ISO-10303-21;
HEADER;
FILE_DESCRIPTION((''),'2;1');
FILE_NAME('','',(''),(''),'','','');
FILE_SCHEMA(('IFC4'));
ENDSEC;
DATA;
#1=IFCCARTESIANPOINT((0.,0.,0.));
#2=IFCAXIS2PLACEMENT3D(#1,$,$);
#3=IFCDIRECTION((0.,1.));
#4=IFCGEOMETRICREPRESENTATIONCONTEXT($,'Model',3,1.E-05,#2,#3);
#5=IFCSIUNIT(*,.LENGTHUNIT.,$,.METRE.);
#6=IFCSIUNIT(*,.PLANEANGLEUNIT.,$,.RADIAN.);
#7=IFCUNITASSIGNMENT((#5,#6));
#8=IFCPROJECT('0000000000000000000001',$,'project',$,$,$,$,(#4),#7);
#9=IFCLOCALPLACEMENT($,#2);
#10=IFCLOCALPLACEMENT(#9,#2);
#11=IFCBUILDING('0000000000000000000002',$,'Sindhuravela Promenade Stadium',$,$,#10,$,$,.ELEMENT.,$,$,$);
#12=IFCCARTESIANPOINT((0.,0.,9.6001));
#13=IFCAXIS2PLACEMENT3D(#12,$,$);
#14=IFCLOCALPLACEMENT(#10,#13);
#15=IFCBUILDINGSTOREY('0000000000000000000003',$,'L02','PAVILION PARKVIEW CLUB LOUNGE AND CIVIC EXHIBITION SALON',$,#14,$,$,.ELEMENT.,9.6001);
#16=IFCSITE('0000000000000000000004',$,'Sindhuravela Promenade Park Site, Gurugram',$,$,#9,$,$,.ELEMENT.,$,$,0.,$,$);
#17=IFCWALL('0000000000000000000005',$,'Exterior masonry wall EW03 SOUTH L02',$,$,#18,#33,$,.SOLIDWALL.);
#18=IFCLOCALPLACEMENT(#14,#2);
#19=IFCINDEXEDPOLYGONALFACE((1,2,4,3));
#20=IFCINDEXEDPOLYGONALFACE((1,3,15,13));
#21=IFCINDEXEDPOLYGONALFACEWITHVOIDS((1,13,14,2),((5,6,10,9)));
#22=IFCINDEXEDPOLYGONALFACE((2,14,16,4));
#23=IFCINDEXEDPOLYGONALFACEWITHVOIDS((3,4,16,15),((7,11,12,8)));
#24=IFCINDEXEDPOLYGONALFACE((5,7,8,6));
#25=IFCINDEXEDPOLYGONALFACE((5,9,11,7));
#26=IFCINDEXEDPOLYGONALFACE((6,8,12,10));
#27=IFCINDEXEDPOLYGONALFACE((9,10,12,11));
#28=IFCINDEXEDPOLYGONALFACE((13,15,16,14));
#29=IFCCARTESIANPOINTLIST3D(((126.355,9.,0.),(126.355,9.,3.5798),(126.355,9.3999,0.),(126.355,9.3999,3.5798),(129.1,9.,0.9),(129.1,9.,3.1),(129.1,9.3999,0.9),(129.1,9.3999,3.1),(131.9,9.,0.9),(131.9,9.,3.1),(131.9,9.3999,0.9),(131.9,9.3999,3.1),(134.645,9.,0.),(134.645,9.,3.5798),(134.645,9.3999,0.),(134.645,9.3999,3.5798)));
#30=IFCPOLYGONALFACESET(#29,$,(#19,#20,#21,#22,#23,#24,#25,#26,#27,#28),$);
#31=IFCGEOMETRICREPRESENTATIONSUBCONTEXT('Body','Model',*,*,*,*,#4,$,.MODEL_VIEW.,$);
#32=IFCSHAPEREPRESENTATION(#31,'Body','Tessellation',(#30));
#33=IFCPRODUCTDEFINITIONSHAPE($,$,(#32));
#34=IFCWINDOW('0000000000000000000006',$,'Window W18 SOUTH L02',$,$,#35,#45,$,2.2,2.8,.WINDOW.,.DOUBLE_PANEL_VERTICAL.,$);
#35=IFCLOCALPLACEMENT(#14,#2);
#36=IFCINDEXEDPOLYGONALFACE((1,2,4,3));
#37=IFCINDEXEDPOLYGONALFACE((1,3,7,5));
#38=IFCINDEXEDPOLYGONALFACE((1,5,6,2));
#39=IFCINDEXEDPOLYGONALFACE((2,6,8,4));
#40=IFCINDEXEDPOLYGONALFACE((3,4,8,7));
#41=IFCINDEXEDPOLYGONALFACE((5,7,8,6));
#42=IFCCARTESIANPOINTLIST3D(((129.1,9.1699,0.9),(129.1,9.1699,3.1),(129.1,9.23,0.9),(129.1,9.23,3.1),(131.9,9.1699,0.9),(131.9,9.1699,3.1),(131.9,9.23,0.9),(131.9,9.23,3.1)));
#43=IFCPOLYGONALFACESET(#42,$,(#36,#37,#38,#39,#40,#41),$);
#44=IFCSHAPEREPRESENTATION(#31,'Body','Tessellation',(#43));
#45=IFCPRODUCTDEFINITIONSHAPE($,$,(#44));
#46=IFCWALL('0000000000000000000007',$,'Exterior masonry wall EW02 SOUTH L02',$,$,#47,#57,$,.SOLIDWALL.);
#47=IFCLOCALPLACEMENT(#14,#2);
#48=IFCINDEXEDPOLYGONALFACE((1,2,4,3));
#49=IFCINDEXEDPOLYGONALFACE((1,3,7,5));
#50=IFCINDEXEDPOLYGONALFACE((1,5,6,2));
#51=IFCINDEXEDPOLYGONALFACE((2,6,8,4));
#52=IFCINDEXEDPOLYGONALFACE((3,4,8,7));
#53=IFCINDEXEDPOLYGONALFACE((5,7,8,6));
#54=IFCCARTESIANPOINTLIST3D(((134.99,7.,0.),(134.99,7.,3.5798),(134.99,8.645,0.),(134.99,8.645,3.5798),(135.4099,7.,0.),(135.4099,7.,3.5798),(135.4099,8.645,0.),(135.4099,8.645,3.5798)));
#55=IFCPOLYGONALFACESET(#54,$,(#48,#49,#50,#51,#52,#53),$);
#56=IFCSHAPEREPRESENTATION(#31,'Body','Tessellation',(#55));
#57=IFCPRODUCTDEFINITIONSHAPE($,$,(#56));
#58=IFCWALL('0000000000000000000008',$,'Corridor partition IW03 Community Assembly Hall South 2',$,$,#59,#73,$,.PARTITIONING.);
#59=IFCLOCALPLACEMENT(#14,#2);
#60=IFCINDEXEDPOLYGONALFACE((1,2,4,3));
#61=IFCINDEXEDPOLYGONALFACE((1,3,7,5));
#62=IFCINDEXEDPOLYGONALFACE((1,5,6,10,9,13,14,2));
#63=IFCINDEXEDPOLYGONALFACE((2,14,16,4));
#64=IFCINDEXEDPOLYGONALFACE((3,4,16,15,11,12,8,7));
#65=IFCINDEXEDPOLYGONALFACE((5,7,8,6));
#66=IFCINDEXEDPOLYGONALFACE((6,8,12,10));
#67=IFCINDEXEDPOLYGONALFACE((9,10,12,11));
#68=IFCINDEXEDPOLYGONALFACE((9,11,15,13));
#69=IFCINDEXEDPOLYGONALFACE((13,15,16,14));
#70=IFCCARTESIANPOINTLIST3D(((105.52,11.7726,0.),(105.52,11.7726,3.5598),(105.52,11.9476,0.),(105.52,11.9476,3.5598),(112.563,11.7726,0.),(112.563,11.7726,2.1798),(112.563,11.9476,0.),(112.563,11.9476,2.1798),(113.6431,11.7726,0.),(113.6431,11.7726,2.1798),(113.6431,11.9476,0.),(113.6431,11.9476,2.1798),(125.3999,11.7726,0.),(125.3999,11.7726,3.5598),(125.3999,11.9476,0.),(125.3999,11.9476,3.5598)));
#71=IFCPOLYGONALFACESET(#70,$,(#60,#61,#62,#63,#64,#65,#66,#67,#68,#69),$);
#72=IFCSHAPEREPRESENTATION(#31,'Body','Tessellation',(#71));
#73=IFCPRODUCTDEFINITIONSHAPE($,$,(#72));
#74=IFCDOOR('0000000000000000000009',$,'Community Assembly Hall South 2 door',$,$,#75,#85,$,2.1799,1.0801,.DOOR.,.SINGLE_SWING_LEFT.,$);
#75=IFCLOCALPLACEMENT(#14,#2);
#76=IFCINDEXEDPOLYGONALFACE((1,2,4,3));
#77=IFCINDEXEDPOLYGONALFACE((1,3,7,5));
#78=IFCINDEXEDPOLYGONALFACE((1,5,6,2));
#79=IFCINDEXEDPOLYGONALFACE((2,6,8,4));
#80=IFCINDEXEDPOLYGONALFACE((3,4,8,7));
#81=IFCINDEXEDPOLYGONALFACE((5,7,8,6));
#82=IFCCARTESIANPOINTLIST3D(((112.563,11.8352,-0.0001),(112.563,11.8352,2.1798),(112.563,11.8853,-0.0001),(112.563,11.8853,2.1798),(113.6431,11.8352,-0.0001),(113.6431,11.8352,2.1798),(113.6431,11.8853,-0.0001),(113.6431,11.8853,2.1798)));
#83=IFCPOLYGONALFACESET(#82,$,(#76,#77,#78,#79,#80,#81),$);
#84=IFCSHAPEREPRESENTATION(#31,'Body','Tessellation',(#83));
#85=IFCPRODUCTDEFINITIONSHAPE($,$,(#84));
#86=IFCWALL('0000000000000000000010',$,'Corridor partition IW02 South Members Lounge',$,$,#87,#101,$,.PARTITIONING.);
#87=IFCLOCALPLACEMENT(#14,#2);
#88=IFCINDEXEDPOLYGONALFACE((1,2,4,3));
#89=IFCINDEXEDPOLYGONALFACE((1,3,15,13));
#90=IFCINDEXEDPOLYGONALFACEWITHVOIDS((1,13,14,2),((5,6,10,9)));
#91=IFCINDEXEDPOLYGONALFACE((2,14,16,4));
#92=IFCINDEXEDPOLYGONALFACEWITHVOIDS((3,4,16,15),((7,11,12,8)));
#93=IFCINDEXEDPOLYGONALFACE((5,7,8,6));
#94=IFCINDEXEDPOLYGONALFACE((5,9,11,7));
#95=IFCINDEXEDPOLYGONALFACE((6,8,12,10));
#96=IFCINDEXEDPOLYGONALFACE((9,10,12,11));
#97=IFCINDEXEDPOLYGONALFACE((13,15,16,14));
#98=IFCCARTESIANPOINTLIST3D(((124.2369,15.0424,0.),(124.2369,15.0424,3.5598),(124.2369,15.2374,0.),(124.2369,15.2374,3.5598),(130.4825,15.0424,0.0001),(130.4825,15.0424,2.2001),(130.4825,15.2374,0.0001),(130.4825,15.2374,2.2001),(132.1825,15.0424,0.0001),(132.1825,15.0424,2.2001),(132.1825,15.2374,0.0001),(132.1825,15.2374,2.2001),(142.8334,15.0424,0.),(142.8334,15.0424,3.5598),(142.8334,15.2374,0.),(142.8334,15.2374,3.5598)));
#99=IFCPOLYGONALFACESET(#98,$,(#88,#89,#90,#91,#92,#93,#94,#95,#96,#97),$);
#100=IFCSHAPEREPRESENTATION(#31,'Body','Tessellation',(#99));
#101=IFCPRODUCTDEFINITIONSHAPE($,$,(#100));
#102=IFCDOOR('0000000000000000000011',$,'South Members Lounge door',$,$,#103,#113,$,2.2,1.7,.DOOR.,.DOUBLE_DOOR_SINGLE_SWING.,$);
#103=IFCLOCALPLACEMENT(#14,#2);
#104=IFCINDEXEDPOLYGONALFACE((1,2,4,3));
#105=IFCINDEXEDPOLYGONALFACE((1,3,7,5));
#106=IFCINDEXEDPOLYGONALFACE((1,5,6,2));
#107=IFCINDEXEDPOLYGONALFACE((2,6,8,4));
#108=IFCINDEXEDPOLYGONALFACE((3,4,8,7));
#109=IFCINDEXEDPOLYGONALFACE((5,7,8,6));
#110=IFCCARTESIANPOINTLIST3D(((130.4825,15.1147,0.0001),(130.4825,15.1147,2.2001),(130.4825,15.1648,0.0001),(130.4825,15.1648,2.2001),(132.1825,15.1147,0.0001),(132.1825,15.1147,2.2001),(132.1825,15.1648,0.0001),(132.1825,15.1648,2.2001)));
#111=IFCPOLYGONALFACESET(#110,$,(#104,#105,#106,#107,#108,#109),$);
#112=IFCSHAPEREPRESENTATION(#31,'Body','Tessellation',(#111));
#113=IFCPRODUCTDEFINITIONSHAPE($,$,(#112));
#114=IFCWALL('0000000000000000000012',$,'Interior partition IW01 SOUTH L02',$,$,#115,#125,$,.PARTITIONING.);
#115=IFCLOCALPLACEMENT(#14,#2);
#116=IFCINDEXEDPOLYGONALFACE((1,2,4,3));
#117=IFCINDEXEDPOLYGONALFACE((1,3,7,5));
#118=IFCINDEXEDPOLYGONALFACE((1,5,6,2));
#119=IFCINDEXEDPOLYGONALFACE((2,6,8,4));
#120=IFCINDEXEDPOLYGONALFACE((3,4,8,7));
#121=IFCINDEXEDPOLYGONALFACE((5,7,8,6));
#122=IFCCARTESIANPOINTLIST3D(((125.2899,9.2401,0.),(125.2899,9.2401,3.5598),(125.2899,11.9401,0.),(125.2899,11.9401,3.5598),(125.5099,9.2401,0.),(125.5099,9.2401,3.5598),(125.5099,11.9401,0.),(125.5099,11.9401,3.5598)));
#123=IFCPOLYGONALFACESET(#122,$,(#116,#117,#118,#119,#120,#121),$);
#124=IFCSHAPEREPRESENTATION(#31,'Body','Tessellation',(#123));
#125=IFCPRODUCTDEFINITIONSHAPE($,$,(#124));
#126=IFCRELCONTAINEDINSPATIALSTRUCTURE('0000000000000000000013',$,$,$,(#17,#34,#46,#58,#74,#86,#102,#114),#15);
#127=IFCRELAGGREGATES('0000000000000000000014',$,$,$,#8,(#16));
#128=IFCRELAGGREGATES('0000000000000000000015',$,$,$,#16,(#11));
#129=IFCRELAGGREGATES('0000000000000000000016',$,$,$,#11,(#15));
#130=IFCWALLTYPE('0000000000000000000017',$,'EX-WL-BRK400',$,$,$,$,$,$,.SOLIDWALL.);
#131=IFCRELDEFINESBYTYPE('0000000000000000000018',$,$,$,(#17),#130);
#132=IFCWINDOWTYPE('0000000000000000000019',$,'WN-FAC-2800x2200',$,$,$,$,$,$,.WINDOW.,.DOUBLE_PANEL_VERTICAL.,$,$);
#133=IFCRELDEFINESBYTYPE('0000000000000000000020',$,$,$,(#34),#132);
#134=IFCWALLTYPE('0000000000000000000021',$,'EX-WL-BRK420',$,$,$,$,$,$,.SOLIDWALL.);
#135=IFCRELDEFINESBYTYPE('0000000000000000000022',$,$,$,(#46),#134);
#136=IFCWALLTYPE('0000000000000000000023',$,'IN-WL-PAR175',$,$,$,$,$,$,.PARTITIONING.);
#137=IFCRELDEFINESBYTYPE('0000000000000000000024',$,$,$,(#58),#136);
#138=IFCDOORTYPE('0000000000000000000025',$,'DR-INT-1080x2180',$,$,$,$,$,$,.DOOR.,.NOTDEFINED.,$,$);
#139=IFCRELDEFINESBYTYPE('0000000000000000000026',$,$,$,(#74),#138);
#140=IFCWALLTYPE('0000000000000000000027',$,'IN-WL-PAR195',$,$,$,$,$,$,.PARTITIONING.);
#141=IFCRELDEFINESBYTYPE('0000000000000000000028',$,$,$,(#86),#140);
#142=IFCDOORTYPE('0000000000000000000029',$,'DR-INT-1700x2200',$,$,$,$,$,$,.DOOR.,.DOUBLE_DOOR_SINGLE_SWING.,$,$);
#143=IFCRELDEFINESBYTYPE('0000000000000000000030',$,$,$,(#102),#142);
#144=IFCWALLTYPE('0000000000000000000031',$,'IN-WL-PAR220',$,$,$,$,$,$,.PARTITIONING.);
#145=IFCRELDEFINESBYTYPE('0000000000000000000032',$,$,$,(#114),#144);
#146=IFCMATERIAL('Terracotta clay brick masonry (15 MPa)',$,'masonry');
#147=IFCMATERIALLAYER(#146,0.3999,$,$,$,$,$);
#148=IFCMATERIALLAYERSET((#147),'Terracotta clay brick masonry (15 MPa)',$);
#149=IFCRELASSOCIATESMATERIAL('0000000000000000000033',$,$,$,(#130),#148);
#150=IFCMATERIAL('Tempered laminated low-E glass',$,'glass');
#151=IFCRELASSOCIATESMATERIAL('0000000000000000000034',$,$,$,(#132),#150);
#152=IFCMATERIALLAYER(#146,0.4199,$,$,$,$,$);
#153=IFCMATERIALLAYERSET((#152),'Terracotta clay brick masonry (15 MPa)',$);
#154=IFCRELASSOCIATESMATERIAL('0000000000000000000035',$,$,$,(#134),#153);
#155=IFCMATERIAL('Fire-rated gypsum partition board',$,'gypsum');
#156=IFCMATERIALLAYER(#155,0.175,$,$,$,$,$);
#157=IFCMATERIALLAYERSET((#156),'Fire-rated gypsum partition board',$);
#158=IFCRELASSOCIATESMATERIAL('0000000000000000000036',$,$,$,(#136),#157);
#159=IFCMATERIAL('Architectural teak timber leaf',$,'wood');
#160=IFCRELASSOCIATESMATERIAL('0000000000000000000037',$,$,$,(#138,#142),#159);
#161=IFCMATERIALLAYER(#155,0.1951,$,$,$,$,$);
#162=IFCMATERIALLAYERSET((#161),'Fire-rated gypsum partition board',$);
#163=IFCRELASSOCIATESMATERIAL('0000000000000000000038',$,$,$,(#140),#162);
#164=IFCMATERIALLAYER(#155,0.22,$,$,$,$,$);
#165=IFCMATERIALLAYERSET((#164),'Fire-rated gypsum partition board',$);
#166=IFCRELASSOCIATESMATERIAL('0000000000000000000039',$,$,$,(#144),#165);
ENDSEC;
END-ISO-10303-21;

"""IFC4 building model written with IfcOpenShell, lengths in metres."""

from ifc_helpers import new_model, si_unit, direction, frame, frame_2d, origin, place, context, subcontext, project, spatial, rectangle, extrude, material, layer, layer_set, type_object, element, fill, save


model = new_model("IFC4")

# Units and contexts
model_context = context("Model", 3, precision=1e-05, world=origin(), true_north=direction((0.0, 1.0)))
body_context = subcontext(model_context, "Body", "Model", "MODEL_VIEW")
ifc_project = project(units=[si_unit("LENGTHUNIT", "METRE"), si_unit("PLANEANGLEUNIT", "RADIAN")], contexts=[model_context])

# Site, building, storey
site_placement = place(None, origin())
site = spatial("IfcSite", under=ifc_project, at=site_placement, Name="Sindhuravela Promenade Park Site, Gurugram", CompositionType="ELEMENT", RefElevation=0.0)
building_placement = place(site_placement, origin())
building = spatial("IfcBuilding", under=site, at=building_placement, Name="Sindhuravela Promenade Stadium", CompositionType="ELEMENT")
storey_placement = place(building_placement, frame((0.0, 0.0, 9.6001)))
storey = spatial("IfcBuildingStorey", under=building, at=storey_placement, Name="L02", Description="PAVILION PARKVIEW CLUB LOUNGE AND CIVIC EXHIBITION SALON", CompositionType="ELEMENT", Elevation=9.6001)

# Wall, opening, window
ifc_material_1 = material(Name="Terracotta clay brick masonry (15 MPa)", Category="masonry")
ifc_material_2 = material(Name="Tempered laminated low-E glass", Category="glass")
ifc_layer_1 = layer(ifc_material_1, 0.3999)
ifc_layer_set_1 = layer_set([ifc_layer_1], Name="Terracotta clay brick masonry (15 MPa)")
wall_type_1 = type_object("IfcWallType", Name="EX-WL-BRK400", PredefinedType="SOLIDWALL", material=ifc_layer_set_1)
wall_1_placement = place(storey_placement, frame((134.645, 9.2, 0.0), z_axis=(0.0, 0.0, 1.0), x_axis=(-1.0, 0.0, 0.0)))
wall_1 = element("IfcWall", 1, at=wall_1_placement, inside=storey, type_object=wall_type_1, Name="Exterior masonry wall EW03 SOUTH L02", PredefinedType="SOLIDWALL", context=body_context, shape_type="SweptSolid", body=[
    extrude(rectangle(XDim=8.29, YDim=0.3999, at=frame_2d((4.145, 0.0))), origin(), (0.0, 0.0, 1.0), 3.5798),
])
opening_1_placement = place(wall_1_placement, frame((2.7451, 0.0, 0.8999)))
opening_1 = element("IfcOpeningElement", 2, at=opening_1_placement, cuts=wall_1, PredefinedType="OPENING", context=body_context, shape_type="SweptSolid", body=[
    extrude(rectangle(XDim=2.8, YDim=2.2, at=frame_2d((1.3999, 1.1001))), frame((0.0, 0.21, 0.0), z_axis=(0.0, -1.0, 0.0), x_axis=(1.0, 0.0, 0.0)), (0.0, 0.0, 1.0), 0.4199),
])
window_type_1 = type_object("IfcWindowType", Name="WN-FAC-2800x2200", PartitioningType="DOUBLE_PANEL_VERTICAL", PredefinedType="WINDOW", material=ifc_material_2)
window_1_placement = place(opening_1_placement, origin())
window_1 = element("IfcWindow", 3, at=window_1_placement, inside=storey, type_object=window_type_1, Name="Window W18 SOUTH L02", OverallHeight=2.2, OverallWidth=2.8, PartitioningType="DOUBLE_PANEL_VERTICAL", PredefinedType="WINDOW", context=body_context, shape_type="SweptSolid", body=[
    extrude(rectangle(XDim=2.8, YDim=2.2, at=frame_2d((1.3999, 1.1001))), frame((0.0, 0.03, 0.0), z_axis=(0.0, -1.0, 0.0), x_axis=(1.0, 0.0, 0.0)), (0.0, 0.0, 1.0), 0.0601),
])
fill(opening_1, window_1)

# Wall
ifc_layer_2 = layer(ifc_material_1, 0.4199)
ifc_layer_set_2 = layer_set([ifc_layer_2], Name="Terracotta clay brick masonry (15 MPa)")
wall_type_2 = type_object("IfcWallType", Name="EX-WL-BRK420", PredefinedType="SOLIDWALL", material=ifc_layer_set_2)
wall_2_placement = place(storey_placement, frame((135.2, 7.0, 0.0), z_axis=(0.0, 0.0, 1.0), x_axis=(0.0, 1.0, 0.0)))
element("IfcWall", 4, at=wall_2_placement, inside=storey, type_object=wall_type_2, Name="Exterior masonry wall EW02 SOUTH L02", PredefinedType="SOLIDWALL", context=body_context, shape_type="SweptSolid", body=[
    extrude(rectangle(XDim=1.645, YDim=0.4199, at=frame_2d((0.8225, 0.0))), origin(), (0.0, 0.0, 1.0), 3.5798),
])

# Walls, openings, doors
ifc_material_3 = material(Name="Fire-rated gypsum partition board", Category="gypsum")
ifc_layer_3 = layer(ifc_material_3, 0.175)
ifc_layer_set_3 = layer_set([ifc_layer_3], Name="Fire-rated gypsum partition board")
wall_type_3 = type_object("IfcWallType", Name="IN-WL-PAR175", PredefinedType="PARTITIONING", material=ifc_layer_set_3)
wall_3_placement = place(storey_placement, frame((125.3999, 11.8601, 0.0), z_axis=(0.0, 0.0, 1.0), x_axis=(-1.0, 0.0, 0.0)))
wall_3 = element("IfcWall", 5, at=wall_3_placement, inside=storey, type_object=wall_type_3, Name="Corridor partition IW03 Community Assembly Hall South 2", PredefinedType="PARTITIONING", context=body_context, shape_type="SweptSolid", body=[
    extrude(rectangle(XDim=19.8799, YDim=0.175, at=frame_2d((9.9399, 0.0))), origin(), (0.0, 0.0, 1.0), 3.5598),
])
opening_2_placement = place(wall_3_placement, frame((11.7568, 0.0, 0.0)))
opening_2 = element("IfcOpeningElement", 6, at=opening_2_placement, cuts=wall_3, PredefinedType="OPENING", context=body_context, shape_type="SweptSolid", body=[
    extrude(rectangle(XDim=1.0801, YDim=2.1799, at=frame_2d((0.54, 1.0898))), frame((0.0, 0.0974, 0.0), z_axis=(0.0, -1.0, 0.0), x_axis=(1.0, 0.0, 0.0)), (0.0, 0.0, 1.0), 0.1951),
])
ifc_material_4 = material(Name="Architectural teak timber leaf", Category="wood")
door_type_1 = type_object("IfcDoorType", Name="DR-INT-1080x2180", OperationType="NOTDEFINED", PredefinedType="DOOR", material=ifc_material_4)
door_1_placement = place(opening_2_placement, origin())
door_1 = element("IfcDoor", 7, at=door_1_placement, inside=storey, type_object=door_type_1, Name="Community Assembly Hall South 2 door", OperationType="SINGLE_SWING_LEFT", OverallHeight=2.1799, OverallWidth=1.0801, PredefinedType="DOOR", context=body_context, shape_type="SweptSolid", body=[
    extrude(rectangle(XDim=1.0801, YDim=2.1799, at=frame_2d((0.54, 1.0898))), frame((0.0, 0.0249, 0.0), z_axis=(0.0, -1.0, 0.0), x_axis=(1.0, 0.0, 0.0)), (0.0, 0.0, 1.0), 0.05),
])
fill(opening_2, door_1)
ifc_layer_4 = layer(ifc_material_3, 0.1951)
ifc_layer_set_4 = layer_set([ifc_layer_4], Name="Fire-rated gypsum partition board")
wall_type_4 = type_object("IfcWallType", Name="IN-WL-PAR195", PredefinedType="PARTITIONING", material=ifc_layer_set_4)
wall_4_placement = place(storey_placement, frame((124.2368, 15.1399, 0.0), z_axis=(0.0, 0.0, 1.0), x_axis=(1.0, 0.0, 0.0)))
wall_4 = element("IfcWall", 8, at=wall_4_placement, inside=storey, type_object=wall_type_4, Name="Corridor partition IW02 South Members Lounge", PredefinedType="PARTITIONING", context=body_context, shape_type="SweptSolid", body=[
    extrude(rectangle(XDim=18.5964, YDim=0.1951, at=frame_2d((9.2983, 0.0))), origin(), (0.0, 0.0, 1.0), 3.5598),
])
opening_3_placement = place(wall_4_placement, frame((6.2456, 0.0, 0.0)))
opening_3 = element("IfcOpeningElement", 9, at=opening_3_placement, cuts=wall_4, PredefinedType="OPENING", context=body_context, shape_type="SweptSolid", body=[
    extrude(rectangle(XDim=1.7, YDim=2.2, at=frame_2d((0.8501, 1.1001))), frame((0.0, 0.1074, 0.0), z_axis=(0.0, -1.0, 0.0), x_axis=(1.0, 0.0, 0.0)), (0.0, 0.0, 1.0), 0.2151),
])
door_type_2 = type_object("IfcDoorType", Name="DR-INT-1700x2200", OperationType="DOUBLE_DOOR_SINGLE_SWING", PredefinedType="DOOR", material=ifc_material_4)
door_2_placement = place(opening_3_placement, origin())
door_2 = element("IfcDoor", 10, at=door_2_placement, inside=storey, type_object=door_type_2, Name="South Members Lounge door", OperationType="DOUBLE_DOOR_SINGLE_SWING", OverallHeight=2.2, OverallWidth=1.7, PredefinedType="DOOR", context=body_context, shape_type="SweptSolid", body=[
    extrude(rectangle(XDim=1.7, YDim=2.2, at=frame_2d((0.8501, 1.1001))), frame((0.0, 0.0249, 0.0), z_axis=(0.0, -1.0, 0.0), x_axis=(1.0, 0.0, 0.0)), (0.0, 0.0, 1.0), 0.05),
])
fill(opening_3, door_2)

# Wall
ifc_layer_5 = layer(ifc_material_3, 0.22)
ifc_layer_set_5 = layer_set([ifc_layer_5], Name="Fire-rated gypsum partition board")
wall_type_5 = type_object("IfcWallType", Name="IN-WL-PAR220", PredefinedType="PARTITIONING", material=ifc_layer_set_5)
wall_5_placement = place(storey_placement, frame((125.3999, 9.24, 0.0), z_axis=(0.0, 0.0, 1.0), x_axis=(0.0, 1.0, 0.0)))
element("IfcWall", 11, at=wall_5_placement, inside=storey, type_object=wall_type_5, Name="Interior partition IW01 SOUTH L02", PredefinedType="PARTITIONING", context=body_context, shape_type="SweptSolid", body=[
    extrude(rectangle(XDim=2.7, YDim=0.22, at=frame_2d((1.3501, 0.0))), origin(), (0.0, 0.0, 1.0), 3.5598),
])

save(model, "model.ifc")
